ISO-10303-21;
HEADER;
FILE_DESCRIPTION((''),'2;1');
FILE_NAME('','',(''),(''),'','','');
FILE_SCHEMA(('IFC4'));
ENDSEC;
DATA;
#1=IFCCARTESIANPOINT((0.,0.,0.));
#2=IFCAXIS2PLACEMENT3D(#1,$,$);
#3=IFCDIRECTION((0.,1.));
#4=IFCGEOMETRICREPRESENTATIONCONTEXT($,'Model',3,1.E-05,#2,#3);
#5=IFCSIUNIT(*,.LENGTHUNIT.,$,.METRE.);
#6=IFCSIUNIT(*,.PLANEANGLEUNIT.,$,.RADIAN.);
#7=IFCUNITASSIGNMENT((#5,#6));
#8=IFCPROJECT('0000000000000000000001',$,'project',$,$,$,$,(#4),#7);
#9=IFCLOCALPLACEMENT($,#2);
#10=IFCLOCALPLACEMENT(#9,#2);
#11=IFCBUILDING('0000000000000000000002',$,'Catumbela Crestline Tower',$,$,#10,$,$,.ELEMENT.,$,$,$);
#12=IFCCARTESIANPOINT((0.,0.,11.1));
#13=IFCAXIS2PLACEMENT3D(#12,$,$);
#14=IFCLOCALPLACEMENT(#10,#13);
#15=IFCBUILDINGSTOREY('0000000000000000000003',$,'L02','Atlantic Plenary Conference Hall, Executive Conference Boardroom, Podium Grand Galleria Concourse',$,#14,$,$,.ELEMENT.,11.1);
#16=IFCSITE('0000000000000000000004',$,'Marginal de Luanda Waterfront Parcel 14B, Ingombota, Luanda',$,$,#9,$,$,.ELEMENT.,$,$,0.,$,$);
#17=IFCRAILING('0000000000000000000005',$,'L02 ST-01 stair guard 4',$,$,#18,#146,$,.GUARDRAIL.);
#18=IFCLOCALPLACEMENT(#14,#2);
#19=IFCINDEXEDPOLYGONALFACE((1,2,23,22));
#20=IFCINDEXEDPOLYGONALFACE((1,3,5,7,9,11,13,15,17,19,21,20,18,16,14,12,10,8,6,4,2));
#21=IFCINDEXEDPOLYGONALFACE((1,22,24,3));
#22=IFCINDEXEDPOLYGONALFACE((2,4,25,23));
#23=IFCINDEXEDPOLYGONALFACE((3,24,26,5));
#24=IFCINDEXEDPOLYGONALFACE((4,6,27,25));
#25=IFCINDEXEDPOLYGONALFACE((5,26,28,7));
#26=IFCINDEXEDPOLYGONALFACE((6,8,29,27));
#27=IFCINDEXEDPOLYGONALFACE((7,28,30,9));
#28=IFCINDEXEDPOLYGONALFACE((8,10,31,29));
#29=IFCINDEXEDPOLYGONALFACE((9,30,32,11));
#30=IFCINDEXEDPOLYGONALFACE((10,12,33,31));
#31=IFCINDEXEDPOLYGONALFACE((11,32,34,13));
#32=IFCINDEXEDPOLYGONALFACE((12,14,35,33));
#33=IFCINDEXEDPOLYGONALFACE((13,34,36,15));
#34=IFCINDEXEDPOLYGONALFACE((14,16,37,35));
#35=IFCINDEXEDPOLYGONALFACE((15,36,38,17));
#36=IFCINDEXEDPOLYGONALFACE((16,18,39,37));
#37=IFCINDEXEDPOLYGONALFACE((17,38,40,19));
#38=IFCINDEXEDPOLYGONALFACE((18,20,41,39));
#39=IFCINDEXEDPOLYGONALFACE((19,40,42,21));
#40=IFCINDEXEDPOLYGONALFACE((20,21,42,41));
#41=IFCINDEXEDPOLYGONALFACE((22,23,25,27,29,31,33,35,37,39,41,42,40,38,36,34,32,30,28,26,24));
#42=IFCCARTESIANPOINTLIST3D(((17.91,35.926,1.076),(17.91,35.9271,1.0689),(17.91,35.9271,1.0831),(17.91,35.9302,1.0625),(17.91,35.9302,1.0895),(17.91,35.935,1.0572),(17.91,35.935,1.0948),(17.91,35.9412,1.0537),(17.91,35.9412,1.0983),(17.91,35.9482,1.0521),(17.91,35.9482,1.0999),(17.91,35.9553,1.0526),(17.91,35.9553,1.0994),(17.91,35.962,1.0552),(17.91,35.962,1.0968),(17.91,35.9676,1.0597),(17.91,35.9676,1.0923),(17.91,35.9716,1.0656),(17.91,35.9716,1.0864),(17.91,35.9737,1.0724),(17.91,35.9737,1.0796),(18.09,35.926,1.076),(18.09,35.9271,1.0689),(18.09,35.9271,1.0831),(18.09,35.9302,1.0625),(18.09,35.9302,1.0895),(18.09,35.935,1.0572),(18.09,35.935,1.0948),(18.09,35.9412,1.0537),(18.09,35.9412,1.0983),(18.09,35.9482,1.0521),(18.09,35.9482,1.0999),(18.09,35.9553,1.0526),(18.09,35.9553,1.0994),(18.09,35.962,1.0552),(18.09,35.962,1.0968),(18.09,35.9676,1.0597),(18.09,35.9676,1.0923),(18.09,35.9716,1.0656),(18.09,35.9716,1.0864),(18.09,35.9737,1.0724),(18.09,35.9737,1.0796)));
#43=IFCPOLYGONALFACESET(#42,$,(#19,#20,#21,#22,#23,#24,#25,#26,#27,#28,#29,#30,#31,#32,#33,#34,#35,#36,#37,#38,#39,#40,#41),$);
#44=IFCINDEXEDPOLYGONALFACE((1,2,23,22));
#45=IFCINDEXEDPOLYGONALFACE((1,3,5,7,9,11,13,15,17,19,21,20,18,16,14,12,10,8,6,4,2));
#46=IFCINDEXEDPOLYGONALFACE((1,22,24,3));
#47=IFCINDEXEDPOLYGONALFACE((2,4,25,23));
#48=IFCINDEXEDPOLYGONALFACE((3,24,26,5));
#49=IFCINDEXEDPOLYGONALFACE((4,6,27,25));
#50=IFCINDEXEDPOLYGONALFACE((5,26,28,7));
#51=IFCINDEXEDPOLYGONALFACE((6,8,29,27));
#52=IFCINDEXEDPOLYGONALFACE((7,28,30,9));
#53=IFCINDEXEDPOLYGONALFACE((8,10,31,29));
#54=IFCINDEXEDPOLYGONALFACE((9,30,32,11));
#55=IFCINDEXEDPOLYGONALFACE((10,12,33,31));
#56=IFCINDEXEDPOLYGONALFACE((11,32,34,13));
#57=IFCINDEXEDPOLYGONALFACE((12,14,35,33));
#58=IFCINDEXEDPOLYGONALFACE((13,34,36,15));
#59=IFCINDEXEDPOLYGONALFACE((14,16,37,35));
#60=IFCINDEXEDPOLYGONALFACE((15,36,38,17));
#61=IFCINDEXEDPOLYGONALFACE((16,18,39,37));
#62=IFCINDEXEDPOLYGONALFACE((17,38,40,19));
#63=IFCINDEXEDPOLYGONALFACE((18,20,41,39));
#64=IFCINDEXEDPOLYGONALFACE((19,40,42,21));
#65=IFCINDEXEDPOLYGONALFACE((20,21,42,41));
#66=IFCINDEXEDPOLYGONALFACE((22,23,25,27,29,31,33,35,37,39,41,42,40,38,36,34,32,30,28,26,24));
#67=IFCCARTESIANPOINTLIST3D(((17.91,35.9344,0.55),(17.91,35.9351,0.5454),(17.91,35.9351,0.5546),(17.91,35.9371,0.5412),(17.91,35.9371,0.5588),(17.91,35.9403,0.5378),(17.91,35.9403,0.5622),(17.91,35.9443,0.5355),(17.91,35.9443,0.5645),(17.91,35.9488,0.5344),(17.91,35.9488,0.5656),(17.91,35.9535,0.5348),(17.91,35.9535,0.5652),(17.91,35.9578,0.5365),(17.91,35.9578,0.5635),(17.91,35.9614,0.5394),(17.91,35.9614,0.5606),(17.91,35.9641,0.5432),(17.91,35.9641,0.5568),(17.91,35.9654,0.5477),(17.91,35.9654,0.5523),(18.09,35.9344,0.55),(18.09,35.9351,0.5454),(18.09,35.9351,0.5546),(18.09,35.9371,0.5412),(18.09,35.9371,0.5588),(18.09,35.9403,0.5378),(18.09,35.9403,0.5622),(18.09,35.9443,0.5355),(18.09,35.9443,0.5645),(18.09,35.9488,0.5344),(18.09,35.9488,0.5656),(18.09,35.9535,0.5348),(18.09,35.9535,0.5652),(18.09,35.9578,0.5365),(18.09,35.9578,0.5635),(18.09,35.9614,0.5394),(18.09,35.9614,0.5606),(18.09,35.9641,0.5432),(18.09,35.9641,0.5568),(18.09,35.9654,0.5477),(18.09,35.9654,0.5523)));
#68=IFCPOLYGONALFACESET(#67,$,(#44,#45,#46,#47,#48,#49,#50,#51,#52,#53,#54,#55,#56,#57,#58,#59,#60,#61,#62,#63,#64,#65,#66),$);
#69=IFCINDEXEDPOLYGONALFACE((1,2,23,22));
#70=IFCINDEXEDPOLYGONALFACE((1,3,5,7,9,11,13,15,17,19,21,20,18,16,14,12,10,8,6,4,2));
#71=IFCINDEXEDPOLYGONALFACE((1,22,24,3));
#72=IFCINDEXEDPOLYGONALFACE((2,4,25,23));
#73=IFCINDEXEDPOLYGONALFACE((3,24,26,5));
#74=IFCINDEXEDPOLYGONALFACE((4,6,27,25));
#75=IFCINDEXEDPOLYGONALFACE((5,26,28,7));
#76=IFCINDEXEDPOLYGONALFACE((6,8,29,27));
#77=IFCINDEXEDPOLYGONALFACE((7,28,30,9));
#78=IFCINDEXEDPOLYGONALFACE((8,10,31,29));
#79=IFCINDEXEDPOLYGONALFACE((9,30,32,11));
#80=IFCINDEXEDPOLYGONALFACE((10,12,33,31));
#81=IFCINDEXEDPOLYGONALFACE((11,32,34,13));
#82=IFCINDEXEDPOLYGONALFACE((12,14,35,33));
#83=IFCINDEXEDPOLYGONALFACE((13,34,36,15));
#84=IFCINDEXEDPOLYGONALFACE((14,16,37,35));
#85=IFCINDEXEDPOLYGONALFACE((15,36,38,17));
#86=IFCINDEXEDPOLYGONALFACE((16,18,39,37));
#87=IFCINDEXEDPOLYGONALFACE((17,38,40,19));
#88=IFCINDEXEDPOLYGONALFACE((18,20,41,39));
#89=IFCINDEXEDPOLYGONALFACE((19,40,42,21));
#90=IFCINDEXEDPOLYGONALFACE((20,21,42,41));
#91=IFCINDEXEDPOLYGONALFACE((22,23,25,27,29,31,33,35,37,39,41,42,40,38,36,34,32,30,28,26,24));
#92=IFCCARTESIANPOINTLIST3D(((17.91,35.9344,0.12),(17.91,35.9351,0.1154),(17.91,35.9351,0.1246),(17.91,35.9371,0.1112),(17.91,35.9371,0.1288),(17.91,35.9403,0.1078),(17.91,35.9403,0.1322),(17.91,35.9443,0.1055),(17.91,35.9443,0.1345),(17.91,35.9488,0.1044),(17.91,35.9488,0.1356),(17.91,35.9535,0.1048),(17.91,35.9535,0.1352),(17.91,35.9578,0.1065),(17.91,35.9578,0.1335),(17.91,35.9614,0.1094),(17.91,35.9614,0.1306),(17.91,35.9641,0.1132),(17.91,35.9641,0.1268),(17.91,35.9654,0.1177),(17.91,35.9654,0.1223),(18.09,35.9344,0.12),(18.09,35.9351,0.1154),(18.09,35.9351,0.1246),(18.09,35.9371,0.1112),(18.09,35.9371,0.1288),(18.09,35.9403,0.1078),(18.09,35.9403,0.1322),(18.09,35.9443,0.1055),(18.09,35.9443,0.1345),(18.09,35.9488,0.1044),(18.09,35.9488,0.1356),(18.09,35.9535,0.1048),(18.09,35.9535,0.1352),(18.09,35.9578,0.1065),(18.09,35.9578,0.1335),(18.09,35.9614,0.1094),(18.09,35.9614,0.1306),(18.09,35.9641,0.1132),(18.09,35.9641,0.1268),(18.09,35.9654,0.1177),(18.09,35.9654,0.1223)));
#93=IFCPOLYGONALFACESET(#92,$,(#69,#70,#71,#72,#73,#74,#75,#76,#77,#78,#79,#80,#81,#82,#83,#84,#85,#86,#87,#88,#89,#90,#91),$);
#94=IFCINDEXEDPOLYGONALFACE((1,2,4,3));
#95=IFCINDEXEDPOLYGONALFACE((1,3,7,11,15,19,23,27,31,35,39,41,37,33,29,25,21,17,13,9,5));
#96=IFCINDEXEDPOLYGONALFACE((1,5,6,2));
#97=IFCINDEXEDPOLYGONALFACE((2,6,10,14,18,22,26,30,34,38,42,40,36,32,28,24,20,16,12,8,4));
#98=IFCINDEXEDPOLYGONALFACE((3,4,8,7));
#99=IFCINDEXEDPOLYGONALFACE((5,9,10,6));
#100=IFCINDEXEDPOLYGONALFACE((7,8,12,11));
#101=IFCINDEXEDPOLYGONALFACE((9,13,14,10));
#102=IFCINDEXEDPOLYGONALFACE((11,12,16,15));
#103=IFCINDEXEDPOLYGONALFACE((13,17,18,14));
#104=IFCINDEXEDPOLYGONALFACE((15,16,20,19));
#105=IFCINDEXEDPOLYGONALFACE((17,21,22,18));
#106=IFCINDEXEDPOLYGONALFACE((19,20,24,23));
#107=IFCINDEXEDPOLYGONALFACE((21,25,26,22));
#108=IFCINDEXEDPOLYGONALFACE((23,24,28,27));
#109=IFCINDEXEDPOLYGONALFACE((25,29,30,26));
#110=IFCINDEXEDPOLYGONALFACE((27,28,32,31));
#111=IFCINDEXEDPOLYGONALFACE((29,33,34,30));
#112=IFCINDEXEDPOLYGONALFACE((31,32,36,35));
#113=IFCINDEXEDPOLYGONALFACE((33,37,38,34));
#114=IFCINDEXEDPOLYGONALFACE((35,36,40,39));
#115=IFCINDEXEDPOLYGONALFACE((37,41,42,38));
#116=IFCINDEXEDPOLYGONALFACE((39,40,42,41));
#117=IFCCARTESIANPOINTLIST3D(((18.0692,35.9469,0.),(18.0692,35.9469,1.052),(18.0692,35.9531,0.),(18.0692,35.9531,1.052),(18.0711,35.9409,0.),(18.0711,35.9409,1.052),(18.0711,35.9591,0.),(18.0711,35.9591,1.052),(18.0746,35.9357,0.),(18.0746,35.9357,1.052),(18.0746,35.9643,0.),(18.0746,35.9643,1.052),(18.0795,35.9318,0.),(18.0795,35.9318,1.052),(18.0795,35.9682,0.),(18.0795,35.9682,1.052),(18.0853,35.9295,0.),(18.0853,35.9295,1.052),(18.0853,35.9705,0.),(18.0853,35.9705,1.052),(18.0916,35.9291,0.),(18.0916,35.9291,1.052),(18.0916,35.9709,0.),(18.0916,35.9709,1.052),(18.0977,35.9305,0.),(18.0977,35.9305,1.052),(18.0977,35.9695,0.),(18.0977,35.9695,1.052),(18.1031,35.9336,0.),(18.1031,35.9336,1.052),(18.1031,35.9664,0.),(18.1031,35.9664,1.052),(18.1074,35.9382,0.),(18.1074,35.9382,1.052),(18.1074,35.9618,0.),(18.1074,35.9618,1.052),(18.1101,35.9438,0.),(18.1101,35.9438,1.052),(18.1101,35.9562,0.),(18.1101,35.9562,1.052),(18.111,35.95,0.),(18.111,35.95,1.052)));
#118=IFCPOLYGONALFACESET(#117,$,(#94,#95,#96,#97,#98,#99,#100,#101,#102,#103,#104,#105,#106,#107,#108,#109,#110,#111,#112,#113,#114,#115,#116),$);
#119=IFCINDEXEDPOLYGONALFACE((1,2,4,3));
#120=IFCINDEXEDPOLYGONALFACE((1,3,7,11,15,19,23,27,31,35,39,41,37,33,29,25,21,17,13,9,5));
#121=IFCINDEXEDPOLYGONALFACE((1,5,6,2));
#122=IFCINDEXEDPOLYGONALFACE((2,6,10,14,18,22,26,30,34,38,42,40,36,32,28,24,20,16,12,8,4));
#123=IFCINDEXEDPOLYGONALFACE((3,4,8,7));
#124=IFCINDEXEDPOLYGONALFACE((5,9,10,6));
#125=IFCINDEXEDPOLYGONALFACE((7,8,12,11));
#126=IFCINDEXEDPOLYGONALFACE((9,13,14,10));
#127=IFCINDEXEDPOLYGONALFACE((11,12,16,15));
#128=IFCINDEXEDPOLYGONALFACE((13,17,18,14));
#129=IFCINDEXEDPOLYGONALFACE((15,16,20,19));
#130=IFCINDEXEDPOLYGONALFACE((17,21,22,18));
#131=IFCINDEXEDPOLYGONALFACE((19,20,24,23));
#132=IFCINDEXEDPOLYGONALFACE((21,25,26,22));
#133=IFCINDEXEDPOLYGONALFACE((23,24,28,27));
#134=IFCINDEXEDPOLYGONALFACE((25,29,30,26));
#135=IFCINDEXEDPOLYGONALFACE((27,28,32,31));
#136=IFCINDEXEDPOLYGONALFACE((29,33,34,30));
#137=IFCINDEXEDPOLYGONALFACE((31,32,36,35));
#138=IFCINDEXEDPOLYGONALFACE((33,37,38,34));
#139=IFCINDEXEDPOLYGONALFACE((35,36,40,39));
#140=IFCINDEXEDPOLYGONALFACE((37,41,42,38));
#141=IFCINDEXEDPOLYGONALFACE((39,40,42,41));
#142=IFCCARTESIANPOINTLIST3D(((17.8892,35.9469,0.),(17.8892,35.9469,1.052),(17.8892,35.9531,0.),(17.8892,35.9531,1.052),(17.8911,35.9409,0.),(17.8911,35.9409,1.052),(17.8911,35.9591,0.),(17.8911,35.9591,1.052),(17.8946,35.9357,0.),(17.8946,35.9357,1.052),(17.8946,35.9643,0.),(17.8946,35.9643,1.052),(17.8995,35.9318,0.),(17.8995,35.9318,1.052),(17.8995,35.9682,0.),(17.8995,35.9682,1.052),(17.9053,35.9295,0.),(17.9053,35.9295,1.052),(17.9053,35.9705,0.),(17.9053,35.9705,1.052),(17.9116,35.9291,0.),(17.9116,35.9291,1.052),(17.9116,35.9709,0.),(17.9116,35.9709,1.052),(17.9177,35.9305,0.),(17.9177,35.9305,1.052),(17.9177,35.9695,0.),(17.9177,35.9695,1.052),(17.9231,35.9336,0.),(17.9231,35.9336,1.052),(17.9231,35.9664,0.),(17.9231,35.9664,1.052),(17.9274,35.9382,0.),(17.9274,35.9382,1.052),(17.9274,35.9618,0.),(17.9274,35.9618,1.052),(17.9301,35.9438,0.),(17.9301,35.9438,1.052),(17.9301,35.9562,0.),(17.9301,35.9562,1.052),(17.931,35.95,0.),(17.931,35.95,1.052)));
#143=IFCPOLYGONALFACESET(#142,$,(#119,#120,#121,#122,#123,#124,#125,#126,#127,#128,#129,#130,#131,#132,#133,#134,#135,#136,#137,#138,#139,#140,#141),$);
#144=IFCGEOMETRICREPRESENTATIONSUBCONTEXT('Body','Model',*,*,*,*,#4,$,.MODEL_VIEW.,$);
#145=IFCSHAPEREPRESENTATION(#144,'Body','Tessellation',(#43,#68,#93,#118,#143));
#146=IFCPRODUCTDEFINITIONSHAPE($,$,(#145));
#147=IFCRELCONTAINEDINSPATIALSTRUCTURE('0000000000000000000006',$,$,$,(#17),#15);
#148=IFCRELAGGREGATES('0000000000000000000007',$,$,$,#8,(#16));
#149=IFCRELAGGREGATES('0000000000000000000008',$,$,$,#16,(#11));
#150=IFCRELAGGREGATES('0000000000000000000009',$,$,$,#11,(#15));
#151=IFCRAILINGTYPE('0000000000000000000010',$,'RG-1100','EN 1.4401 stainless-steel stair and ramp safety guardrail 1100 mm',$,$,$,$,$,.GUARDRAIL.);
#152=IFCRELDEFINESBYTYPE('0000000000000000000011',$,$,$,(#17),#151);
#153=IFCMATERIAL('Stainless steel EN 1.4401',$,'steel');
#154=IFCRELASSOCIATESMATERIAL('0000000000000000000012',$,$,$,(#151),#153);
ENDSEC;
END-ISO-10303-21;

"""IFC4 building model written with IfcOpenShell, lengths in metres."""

from ifc_helpers import new_model, si_unit, direction, frame, origin, origin_2d, place, context, subcontext, project, spatial, circle, extrude, material, type_object, element, save


model = new_model("IFC4")

# Units and contexts
model_context = context("Model", 3, precision=1e-05, world=origin(), true_north=direction((0.0, 1.0)))
body_context = subcontext(model_context, "Body", "Model", "MODEL_VIEW")
ifc_project = project(units=[si_unit("LENGTHUNIT", "METRE"), si_unit("PLANEANGLEUNIT", "RADIAN")], contexts=[model_context])

# Site, building, storey
site_placement = place(None, origin())
site = spatial("IfcSite", under=ifc_project, at=site_placement, Name="Marginal de Luanda Waterfront Parcel 14B, Ingombota, Luanda", CompositionType="ELEMENT", RefElevation=0.0)
building_placement = place(site_placement, origin())
building = spatial("IfcBuilding", under=site, at=building_placement, Name="Catumbela Crestline Tower", CompositionType="ELEMENT")
storey_placement = place(building_placement, frame((0.0, 0.0, 11.1)))
storey = spatial("IfcBuildingStorey", under=building, at=storey_placement, Name="L02", Description="Atlantic Plenary Conference Hall, Executive Conference Boardroom, Podium Grand Galleria Concourse", CompositionType="ELEMENT", Elevation=11.1)

# Shared definitions
ifc_material_1 = material(Name="Stainless steel EN 1.4401", Category="steel")

# Railing
railing_type_1 = type_object("IfcRailingType", Name="RG-1100", Description="EN 1.4401 stainless-steel stair and ramp safety guardrail 1100 mm", PredefinedType="GUARDRAIL", material=ifc_material_1)
railing_1_placement = place(storey_placement, frame((18.09, 35.95, 0.0)))
element("IfcRailing", 1, at=railing_1_placement, inside=storey, type_object=railing_type_1, Name="L02 ST-01 stair guard 4", PredefinedType="GUARDRAIL", context=body_context, shape_type="SweptSolid", body=[
    extrude(circle(Radius=0.024, at=origin_2d()), frame((0.0, 0.0, 1.076), z_axis=(-1.0, 0.0, 0.0), x_axis=(0.0, -1.0, 0.0)), (0.0, 0.0, 1.0), 0.18),
    extrude(circle(Radius=0.0156, at=origin_2d()), frame((0.0, 0.0, 0.55), z_axis=(-1.0, 0.0, 0.0), x_axis=(0.0, -1.0, 0.0)), (0.0, 0.0, 1.0), 0.18),
    extrude(circle(Radius=0.0156, at=origin_2d()), frame((0.0, 0.0, 0.12), z_axis=(-1.0, 0.0, 0.0), x_axis=(0.0, -1.0, 0.0)), (0.0, 0.0, 1.0), 0.18),
    extrude(circle(Radius=0.021, at=origin_2d()), origin(), (0.0, 0.0, 1.0), 1.052),
    extrude(circle(Radius=0.021, at=origin_2d()), frame((-0.18, 0.0, 0.0)), (0.0, 0.0, 1.0), 1.052),
])

save(model, "model.ifc")
